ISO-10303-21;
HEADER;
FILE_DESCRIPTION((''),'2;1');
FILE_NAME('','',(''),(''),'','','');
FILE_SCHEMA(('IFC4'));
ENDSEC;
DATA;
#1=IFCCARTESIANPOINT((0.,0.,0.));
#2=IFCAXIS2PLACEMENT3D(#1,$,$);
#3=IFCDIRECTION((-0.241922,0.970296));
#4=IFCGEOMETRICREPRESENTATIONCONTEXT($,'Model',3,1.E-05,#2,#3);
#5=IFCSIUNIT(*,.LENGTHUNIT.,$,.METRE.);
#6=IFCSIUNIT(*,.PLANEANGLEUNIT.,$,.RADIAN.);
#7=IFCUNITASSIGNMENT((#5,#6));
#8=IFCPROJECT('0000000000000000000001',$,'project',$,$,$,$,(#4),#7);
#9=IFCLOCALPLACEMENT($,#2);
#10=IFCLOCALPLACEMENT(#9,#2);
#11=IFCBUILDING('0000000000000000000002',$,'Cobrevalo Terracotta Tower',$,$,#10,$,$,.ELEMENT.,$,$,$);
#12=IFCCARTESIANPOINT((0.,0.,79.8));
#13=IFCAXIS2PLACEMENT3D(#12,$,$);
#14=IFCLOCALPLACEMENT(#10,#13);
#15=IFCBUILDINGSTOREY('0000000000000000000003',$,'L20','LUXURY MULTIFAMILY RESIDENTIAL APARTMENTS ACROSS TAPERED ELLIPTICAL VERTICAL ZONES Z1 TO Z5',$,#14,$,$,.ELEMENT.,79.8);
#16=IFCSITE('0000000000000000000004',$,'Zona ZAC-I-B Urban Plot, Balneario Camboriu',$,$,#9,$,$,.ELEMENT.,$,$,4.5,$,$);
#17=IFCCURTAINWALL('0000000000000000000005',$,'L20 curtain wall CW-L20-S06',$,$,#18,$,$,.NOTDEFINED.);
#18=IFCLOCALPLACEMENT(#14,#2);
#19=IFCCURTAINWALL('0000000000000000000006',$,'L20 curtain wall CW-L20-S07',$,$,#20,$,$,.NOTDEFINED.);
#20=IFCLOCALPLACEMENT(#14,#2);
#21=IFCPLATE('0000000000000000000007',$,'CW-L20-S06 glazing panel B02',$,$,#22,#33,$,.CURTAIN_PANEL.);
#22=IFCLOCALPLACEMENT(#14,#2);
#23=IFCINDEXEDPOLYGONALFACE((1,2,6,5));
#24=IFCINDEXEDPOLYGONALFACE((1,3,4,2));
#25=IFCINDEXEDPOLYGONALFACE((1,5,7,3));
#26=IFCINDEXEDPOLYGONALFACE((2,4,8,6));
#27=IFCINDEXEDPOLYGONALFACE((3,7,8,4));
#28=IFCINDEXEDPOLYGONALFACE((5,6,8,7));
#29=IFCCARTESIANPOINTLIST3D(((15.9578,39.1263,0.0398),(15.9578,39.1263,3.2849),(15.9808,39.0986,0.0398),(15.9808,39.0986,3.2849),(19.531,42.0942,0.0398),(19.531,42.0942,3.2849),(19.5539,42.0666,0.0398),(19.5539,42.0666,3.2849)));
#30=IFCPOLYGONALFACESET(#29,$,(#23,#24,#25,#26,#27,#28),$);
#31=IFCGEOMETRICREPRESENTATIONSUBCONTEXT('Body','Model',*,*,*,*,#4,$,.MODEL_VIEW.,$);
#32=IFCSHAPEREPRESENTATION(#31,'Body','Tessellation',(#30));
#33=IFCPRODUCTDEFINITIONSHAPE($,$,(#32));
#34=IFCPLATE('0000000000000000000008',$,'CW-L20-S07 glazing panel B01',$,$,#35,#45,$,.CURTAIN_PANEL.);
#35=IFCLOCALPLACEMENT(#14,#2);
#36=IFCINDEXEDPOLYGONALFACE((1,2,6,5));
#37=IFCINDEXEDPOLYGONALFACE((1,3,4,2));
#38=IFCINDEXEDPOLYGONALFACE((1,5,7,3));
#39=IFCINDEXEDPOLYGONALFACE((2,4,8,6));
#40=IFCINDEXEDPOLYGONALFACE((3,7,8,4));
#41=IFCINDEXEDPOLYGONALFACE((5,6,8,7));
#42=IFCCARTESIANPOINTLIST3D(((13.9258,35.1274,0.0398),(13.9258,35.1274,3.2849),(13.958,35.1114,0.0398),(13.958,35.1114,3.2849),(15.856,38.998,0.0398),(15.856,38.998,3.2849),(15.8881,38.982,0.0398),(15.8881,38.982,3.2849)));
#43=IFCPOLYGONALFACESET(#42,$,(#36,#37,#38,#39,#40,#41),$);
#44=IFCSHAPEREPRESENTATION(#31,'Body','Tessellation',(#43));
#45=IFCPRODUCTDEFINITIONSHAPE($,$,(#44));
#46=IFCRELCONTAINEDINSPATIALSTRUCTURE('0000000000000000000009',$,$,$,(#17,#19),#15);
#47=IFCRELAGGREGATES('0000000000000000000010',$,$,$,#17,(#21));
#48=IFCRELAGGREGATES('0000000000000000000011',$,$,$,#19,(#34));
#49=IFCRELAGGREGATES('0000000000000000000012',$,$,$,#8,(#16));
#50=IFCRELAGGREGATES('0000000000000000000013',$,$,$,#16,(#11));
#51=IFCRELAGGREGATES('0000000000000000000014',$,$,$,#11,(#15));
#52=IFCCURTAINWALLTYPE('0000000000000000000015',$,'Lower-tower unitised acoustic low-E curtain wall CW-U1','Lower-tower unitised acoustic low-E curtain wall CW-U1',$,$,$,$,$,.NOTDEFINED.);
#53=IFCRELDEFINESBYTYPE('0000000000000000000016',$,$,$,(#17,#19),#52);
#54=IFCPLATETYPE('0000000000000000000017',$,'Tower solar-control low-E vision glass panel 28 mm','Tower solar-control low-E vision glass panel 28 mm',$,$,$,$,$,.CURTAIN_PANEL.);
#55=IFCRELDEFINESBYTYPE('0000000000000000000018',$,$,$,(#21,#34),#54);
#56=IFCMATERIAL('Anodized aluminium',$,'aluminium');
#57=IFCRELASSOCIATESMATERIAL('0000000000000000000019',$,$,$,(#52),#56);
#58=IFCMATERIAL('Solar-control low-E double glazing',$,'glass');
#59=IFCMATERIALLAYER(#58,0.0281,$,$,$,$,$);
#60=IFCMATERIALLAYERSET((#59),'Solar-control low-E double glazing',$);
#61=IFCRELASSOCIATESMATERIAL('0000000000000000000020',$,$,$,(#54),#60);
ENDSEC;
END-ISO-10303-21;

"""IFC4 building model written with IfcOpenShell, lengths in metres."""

from ifc_helpers import new_model, si_unit, direction, frame, origin, origin_2d, place, context, subcontext, project, spatial, rectangle, extrude, source, transform, mapped, material, layer, layer_set, type_object, element, aggregate, save


model = new_model("IFC4")

# Units and contexts
model_context = context("Model", 3, precision=1e-05, world=origin(), true_north=direction((-0.241922, 0.970296)))
body_context = subcontext(model_context, "Body", "Model", "MODEL_VIEW")
ifc_project = project(units=[si_unit("LENGTHUNIT", "METRE"), si_unit("PLANEANGLEUNIT", "RADIAN")], contexts=[model_context])

# Site, building, storey
site_placement = place(None, origin())
site = spatial("IfcSite", under=ifc_project, at=site_placement, Name="Zona ZAC-I-B Urban Plot, Balneario Camboriu", CompositionType="ELEMENT", RefElevation=4.5)
building_placement = place(site_placement, origin())
building = spatial("IfcBuilding", under=site, at=building_placement, Name="Cobrevalo Terracotta Tower", CompositionType="ELEMENT")
storey_placement = place(building_placement, frame((0.0, 0.0, 79.8)))
storey = spatial("IfcBuildingStorey", under=building, at=storey_placement, Name="L20", Description="LUXURY MULTIFAMILY RESIDENTIAL APARTMENTS ACROSS TAPERED ELLIPTICAL VERTICAL ZONES Z1 TO Z5", CompositionType="ELEMENT", Elevation=79.8)

# Curtain walls
ifc_material_1 = material(Name="Anodized aluminium", Category="aluminium")
curtain_wall_type = type_object("IfcCurtainWallType", Name="Lower-tower unitised acoustic low-E curtain wall CW-U1", Description="Lower-tower unitised acoustic low-E curtain wall CW-U1", PredefinedType="NOTDEFINED", material=ifc_material_1)
curtain_wall_1_placement = place(storey_placement, origin())
curtain_wall_1 = element("IfcCurtainWall", 1, at=curtain_wall_1_placement, inside=storey, type_object=curtain_wall_type, Name="L20 curtain wall CW-L20-S06", PredefinedType="NOTDEFINED")
curtain_wall_2_placement = place(storey_placement, origin())
curtain_wall_2 = element("IfcCurtainWall", 2, at=curtain_wall_2_placement, inside=storey, type_object=curtain_wall_type, Name="L20 curtain wall CW-L20-S07", PredefinedType="NOTDEFINED")

# Plates
ifc_material_2 = material(Name="Solar-control low-E double glazing", Category="glass")
ifc_layer = layer(ifc_material_2, 0.0281)
ifc_layer_set = layer_set([ifc_layer], Name="Solar-control low-E double glazing")
plate_type = type_object("IfcPlateType", Name="Tower solar-control low-E vision glass panel 28 mm", Description="Tower solar-control low-E vision glass panel 28 mm", PredefinedType="CURTAIN_PANEL", material=ifc_layer_set)
shared_shape_1 = source(origin(), body_context, "Body", "SweptSolid", [
    extrude(rectangle(XDim=4.645, YDim=0.0359, at=origin_2d()), origin(), (0.0, 0.0, 1.0), 3.2451),
])
plate_1_placement = place(storey_placement, frame((17.7559, 40.5964, 0.0398), z_axis=(0.0, 0.0, 1.0), x_axis=(-0.769241, -0.638958, 0.0)))
plate_1 = element("IfcPlate", 3, at=plate_1_placement, type_object=plate_type, Name="CW-L20-S06 glazing panel B02", PredefinedType="CURTAIN_PANEL", context=body_context, shape_type="MappedRepresentation", body=[
    mapped(shared_shape_1, transform((0.0, 0.0, 0.0), scale=1.0)),
])
aggregate(curtain_wall_1, [plate_1])
shared_shape_2 = source(origin(), body_context, "Body", "SweptSolid", [
    extrude(rectangle(XDim=4.3252, YDim=0.0359, at=origin_2d()), origin(), (0.0, 0.0, 1.0), 3.2451),
])
plate_2_placement = place(storey_placement, frame((14.907, 37.0547, 0.0398), z_axis=(0.0, 0.0, 1.0), x_axis=(-0.446262, -0.894902, 0.0)))
plate_2 = element("IfcPlate", 4, at=plate_2_placement, type_object=plate_type, Name="CW-L20-S07 glazing panel B01", PredefinedType="CURTAIN_PANEL", context=body_context, shape_type="MappedRepresentation", body=[
    mapped(shared_shape_2, transform((0.0, 0.0, 0.0), scale=1.0)),
])
aggregate(curtain_wall_2, [plate_2])

save(model, "model.ifc")
